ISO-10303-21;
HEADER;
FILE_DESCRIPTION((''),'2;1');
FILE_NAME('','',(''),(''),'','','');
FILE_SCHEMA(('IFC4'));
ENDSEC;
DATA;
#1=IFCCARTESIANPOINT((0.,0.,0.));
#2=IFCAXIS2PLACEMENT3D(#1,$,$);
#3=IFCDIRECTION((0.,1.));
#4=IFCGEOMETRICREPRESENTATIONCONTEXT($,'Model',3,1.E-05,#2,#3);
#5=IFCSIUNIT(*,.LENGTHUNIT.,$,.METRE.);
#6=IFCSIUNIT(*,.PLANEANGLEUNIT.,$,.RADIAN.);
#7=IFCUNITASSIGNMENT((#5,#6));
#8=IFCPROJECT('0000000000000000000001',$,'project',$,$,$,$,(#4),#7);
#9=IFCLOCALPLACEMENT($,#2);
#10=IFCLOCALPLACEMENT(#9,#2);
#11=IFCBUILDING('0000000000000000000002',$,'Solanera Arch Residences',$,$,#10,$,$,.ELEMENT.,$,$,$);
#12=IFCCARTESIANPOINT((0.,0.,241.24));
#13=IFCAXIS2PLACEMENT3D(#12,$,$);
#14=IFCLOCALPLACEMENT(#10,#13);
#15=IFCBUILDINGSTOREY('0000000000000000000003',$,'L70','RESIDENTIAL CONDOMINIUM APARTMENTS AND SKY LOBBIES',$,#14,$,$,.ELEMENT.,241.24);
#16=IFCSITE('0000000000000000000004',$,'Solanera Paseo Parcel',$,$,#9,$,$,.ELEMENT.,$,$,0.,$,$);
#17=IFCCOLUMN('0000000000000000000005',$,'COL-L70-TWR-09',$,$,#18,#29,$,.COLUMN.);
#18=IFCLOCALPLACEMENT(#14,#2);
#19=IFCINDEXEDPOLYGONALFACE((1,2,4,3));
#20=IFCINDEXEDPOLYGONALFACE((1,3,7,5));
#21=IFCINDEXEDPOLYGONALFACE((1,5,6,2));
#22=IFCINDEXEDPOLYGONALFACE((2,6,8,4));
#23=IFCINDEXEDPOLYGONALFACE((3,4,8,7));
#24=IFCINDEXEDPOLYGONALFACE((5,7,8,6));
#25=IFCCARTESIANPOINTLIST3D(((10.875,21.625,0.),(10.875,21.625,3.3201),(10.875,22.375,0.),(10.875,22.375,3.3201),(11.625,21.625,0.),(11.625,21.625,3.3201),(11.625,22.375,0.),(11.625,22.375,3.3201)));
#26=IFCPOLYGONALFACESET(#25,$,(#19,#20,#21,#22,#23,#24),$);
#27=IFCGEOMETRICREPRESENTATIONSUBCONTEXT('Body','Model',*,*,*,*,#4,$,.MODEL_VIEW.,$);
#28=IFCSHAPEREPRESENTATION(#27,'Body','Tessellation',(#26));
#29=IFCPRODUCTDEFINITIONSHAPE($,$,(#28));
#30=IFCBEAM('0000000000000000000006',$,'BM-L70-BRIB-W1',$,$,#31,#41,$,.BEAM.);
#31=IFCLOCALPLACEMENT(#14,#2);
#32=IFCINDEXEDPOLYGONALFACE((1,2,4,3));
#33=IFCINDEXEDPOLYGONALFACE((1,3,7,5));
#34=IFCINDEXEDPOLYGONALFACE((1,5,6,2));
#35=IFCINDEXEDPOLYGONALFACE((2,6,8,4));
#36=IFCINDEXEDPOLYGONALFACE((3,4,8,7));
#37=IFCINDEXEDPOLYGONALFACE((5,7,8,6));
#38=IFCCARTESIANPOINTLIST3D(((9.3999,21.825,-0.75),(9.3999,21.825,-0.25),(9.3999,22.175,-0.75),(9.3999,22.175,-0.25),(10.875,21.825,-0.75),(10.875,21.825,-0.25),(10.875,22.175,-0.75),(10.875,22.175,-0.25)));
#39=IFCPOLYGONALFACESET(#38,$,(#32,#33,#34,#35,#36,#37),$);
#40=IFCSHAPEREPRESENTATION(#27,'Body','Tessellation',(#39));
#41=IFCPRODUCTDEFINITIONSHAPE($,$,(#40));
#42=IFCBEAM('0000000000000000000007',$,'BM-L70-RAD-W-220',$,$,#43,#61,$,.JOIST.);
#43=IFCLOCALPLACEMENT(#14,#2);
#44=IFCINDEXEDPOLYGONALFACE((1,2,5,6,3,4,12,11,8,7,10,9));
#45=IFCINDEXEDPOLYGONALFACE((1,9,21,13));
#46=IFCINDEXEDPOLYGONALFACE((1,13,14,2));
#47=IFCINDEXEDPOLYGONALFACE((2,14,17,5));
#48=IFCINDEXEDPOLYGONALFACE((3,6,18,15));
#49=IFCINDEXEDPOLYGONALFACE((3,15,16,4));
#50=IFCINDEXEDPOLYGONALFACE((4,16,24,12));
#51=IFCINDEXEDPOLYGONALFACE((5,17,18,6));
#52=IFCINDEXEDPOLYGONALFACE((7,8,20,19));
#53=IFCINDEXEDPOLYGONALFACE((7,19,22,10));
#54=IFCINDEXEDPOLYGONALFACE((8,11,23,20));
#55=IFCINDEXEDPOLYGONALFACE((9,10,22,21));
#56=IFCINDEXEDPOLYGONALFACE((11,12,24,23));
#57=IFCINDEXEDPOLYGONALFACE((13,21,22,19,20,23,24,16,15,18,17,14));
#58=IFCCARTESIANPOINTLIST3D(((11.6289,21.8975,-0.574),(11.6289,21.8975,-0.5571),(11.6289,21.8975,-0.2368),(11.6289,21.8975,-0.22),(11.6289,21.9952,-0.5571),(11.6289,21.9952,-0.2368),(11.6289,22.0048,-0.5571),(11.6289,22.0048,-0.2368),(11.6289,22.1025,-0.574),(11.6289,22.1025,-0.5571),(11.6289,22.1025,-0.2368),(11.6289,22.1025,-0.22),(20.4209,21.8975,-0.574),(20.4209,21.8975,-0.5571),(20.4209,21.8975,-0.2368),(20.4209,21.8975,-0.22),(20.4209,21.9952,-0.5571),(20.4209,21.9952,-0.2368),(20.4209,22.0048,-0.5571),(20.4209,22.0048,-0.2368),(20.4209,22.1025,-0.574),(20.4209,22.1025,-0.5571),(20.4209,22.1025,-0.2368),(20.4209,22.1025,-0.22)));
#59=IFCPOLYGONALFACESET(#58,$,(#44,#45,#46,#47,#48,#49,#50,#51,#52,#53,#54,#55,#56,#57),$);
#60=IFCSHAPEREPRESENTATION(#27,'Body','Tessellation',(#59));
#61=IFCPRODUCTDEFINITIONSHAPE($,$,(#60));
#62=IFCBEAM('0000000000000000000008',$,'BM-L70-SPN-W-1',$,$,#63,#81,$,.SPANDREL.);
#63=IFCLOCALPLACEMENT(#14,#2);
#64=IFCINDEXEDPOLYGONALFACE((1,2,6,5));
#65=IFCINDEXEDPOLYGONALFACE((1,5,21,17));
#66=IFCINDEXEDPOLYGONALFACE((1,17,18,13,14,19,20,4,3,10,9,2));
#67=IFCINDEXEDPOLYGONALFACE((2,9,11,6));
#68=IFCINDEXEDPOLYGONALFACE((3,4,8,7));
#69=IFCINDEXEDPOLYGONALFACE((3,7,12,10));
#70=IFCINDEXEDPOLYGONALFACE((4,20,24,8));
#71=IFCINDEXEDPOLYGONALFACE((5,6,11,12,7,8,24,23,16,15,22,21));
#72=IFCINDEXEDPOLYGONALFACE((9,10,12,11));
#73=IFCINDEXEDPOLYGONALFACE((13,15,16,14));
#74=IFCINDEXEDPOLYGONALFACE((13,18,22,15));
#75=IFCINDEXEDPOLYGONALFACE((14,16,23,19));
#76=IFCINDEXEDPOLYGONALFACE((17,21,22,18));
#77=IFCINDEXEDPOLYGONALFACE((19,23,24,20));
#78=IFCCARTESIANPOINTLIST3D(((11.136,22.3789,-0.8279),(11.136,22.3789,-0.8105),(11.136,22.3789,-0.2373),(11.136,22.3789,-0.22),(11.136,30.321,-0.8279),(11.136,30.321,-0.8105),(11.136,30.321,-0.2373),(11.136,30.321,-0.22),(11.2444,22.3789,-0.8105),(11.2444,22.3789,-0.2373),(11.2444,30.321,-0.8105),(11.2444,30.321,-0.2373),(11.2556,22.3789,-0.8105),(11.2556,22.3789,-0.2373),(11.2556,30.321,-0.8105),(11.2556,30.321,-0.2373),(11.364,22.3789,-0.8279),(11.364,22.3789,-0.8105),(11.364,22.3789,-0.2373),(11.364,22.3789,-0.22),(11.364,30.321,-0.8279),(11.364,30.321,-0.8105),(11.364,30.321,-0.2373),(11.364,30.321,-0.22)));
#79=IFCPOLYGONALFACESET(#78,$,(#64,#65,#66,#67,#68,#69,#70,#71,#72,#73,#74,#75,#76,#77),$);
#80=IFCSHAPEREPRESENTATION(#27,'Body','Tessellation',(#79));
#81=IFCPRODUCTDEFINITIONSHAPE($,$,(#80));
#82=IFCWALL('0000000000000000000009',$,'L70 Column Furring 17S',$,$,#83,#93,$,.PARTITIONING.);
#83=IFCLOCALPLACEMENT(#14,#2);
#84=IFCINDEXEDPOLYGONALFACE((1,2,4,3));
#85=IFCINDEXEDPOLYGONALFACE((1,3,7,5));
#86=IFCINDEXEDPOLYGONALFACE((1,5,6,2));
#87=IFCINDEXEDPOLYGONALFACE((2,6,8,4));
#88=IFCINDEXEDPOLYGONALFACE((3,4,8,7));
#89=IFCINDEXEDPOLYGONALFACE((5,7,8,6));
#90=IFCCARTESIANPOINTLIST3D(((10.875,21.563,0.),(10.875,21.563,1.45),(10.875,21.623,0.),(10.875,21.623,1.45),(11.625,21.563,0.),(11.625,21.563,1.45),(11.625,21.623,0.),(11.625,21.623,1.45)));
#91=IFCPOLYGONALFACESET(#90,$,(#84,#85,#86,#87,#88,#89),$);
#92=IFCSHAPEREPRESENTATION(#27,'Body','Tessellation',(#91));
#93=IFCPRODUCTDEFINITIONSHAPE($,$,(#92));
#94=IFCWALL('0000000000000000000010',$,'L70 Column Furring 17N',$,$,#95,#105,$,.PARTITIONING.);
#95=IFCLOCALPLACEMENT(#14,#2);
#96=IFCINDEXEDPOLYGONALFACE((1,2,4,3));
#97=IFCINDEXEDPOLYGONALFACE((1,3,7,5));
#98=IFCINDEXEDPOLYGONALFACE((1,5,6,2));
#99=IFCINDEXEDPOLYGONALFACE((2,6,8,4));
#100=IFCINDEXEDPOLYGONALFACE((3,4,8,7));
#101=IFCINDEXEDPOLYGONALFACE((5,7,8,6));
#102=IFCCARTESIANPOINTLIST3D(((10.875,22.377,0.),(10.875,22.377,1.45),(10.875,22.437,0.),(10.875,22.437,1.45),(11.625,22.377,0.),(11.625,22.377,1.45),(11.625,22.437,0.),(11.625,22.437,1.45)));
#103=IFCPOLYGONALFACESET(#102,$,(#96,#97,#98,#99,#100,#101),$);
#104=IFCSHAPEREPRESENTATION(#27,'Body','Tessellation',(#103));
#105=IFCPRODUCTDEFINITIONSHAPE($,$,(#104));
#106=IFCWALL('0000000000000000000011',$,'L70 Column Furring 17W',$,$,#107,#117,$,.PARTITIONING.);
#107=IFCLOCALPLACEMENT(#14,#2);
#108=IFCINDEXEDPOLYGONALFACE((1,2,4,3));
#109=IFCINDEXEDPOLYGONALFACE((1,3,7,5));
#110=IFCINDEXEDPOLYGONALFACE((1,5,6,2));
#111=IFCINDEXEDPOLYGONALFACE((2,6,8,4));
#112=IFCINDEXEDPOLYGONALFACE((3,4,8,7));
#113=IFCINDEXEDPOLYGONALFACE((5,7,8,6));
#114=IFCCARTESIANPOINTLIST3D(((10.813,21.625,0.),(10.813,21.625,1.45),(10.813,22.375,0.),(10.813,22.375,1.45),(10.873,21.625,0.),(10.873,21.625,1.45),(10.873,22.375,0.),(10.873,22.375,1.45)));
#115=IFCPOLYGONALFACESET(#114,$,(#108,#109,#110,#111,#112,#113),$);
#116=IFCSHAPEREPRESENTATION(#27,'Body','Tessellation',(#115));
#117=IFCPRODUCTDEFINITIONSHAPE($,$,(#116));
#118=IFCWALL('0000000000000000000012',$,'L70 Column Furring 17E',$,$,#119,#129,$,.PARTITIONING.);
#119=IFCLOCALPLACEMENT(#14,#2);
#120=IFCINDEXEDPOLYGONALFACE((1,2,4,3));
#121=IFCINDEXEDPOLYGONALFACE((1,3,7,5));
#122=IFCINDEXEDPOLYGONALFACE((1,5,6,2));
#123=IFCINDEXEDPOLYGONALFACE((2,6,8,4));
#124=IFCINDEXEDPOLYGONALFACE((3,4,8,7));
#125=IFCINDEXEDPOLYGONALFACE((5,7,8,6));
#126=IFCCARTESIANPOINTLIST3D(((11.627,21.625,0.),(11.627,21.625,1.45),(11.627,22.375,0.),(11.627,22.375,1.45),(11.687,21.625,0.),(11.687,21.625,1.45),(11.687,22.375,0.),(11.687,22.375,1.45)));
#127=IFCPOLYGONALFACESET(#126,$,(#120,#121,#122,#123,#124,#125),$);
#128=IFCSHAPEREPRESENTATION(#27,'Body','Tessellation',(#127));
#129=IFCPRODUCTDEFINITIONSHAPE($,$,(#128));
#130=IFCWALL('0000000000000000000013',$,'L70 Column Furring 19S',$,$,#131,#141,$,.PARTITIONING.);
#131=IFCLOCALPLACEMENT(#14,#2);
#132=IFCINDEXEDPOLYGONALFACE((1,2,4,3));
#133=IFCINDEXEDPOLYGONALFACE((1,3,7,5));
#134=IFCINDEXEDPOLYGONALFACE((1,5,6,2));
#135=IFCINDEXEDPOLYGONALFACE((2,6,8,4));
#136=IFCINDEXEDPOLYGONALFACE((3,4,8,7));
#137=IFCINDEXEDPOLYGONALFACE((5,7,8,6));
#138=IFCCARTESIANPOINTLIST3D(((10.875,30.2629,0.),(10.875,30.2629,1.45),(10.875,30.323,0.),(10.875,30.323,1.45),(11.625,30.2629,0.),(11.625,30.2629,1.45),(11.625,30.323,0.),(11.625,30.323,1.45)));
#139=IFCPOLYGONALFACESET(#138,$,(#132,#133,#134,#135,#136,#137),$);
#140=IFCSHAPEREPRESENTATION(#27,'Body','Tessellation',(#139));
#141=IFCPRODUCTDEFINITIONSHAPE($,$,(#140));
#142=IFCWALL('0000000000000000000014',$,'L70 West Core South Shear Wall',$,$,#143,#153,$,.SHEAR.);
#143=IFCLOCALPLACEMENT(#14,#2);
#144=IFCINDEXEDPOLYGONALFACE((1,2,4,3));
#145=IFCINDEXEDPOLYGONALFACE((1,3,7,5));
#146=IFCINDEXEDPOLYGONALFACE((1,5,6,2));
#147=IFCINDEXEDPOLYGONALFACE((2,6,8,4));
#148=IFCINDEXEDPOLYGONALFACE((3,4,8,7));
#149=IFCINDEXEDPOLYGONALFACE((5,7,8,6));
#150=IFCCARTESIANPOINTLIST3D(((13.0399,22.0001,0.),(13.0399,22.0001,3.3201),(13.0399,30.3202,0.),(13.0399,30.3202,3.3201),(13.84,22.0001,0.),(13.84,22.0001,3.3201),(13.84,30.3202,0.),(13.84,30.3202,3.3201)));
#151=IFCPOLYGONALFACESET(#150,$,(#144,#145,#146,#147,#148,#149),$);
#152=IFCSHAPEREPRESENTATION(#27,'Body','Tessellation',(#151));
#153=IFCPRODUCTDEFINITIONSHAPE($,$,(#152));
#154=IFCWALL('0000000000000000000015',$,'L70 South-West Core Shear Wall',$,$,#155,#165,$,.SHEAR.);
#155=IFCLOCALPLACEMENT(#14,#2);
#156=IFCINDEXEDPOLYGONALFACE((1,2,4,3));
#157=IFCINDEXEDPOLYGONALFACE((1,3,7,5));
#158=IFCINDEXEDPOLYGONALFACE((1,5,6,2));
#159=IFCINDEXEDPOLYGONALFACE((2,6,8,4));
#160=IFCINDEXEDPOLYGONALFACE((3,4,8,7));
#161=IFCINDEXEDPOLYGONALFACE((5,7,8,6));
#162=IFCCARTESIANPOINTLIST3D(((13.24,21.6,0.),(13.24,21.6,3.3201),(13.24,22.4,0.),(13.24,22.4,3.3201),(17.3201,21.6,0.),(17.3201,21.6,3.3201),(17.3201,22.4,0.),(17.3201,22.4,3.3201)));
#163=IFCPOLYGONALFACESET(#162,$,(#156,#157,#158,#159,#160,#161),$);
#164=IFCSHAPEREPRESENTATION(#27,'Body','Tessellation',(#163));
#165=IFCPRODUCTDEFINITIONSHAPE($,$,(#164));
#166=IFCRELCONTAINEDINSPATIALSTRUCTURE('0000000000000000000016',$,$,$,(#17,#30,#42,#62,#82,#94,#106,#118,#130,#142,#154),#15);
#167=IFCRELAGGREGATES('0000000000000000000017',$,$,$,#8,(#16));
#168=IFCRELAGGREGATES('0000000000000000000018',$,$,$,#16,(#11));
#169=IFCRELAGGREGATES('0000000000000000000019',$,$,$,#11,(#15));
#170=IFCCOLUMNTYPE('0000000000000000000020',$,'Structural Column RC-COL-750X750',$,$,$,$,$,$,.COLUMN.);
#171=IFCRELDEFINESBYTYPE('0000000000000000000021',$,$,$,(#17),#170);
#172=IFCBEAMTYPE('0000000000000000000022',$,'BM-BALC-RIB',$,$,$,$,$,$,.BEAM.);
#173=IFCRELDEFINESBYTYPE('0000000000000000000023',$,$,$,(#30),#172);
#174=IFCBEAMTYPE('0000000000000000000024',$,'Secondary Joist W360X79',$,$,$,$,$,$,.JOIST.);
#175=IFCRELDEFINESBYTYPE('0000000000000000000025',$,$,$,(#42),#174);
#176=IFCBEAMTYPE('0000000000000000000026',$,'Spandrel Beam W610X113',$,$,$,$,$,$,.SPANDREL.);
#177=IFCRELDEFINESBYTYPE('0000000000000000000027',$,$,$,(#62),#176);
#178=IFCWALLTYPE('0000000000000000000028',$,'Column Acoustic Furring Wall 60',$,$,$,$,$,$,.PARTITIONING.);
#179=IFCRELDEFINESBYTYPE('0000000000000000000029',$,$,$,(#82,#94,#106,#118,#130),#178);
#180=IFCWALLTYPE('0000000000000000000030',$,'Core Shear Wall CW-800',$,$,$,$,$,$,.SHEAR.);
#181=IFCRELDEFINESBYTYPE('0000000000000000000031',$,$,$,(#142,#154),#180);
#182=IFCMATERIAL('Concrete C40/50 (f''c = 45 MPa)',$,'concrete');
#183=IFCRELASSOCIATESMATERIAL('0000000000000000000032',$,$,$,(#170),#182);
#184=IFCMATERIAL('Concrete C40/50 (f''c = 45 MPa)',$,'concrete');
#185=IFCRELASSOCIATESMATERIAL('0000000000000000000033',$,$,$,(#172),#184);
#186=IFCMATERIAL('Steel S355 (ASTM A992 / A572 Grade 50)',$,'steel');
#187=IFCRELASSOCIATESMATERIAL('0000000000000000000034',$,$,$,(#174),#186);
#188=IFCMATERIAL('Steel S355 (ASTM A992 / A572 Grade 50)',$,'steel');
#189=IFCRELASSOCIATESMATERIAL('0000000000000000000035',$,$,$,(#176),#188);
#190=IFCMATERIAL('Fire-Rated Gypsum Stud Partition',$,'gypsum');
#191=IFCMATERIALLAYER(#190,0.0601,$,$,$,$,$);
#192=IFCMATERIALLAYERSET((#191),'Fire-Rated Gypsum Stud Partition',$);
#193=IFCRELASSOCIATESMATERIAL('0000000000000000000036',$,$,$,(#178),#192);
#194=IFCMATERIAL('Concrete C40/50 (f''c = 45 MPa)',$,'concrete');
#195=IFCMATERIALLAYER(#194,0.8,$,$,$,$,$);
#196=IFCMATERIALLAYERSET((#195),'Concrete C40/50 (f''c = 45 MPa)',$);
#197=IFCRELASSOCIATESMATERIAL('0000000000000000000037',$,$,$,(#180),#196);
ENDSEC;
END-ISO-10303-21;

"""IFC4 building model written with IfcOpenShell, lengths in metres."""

from ifc_helpers import new_model, si_unit, direction, frame, frame_2d, origin, origin_2d, place, context, subcontext, project, spatial, rectangle, i_section, extrude, material, layer, layer_set, material_profile, profile_set, type_object, element, save


model = new_model("IFC4")

# Units and contexts
model_context = context("Model", 3, precision=1e-05, world=origin(), true_north=direction((0.0, 1.0)))
body_context = subcontext(model_context, "Body", "Model", "MODEL_VIEW")
ifc_project = project(units=[si_unit("LENGTHUNIT", "METRE"), si_unit("PLANEANGLEUNIT", "RADIAN")], contexts=[model_context])

# Site, building, storey
site_placement = place(None, origin())
site = spatial("IfcSite", under=ifc_project, at=site_placement, Name="Solanera Paseo Parcel", CompositionType="ELEMENT", RefElevation=0.0)
building_placement = place(site_placement, origin())
building = spatial("IfcBuilding", under=site, at=building_placement, Name="Solanera Arch Residences", CompositionType="ELEMENT")
storey_placement = place(building_placement, frame((0.0, 0.0, 241.24)))
storey = spatial("IfcBuildingStorey", under=building, at=storey_placement, Name="L70", Description="RESIDENTIAL CONDOMINIUM APARTMENTS AND SKY LOBBIES", CompositionType="ELEMENT", Elevation=241.24)

# Column
ifc_material_1 = material(Name="Concrete C40/50 (f'c = 45 MPa)", Category="concrete")
ifc_material_profile_1 = material_profile(ifc_material_1, rectangle(XDim=0.75, YDim=0.75, at=origin_2d()))
ifc_profile_set_1 = profile_set([ifc_material_profile_1], Name="Concrete C40/50 (f'c = 45 MPa)")
column_type = type_object("IfcColumnType", Name="Structural Column RC-COL-750X750", PredefinedType="COLUMN", material=ifc_profile_set_1)
column_placement = place(storey_placement, frame((11.25, 22.0, 0.0), z_axis=(0.0, 0.0, 1.0), x_axis=(1.0, 0.0, 0.0)))
element("IfcColumn", 1, at=column_placement, inside=storey, type_object=column_type, Name="COL-L70-TWR-09", PredefinedType="COLUMN", context=body_context, shape_type="SweptSolid", body=[
    extrude(rectangle(XDim=0.75, YDim=0.75, at=origin_2d()), origin(), (0.0, 0.0, 1.0), 3.3201),
])

# Beams
ifc_material_2 = material(Name="Concrete C40/50 (f'c = 45 MPa)", Category="concrete")
ifc_material_profile_2 = material_profile(ifc_material_2, rectangle(XDim=0.3501, YDim=0.5, at=origin_2d()))
ifc_profile_set_2 = profile_set([ifc_material_profile_2], Name="Concrete C40/50 (f'c = 45 MPa)")
beam_type_1 = type_object("IfcBeamType", Name="BM-BALC-RIB", PredefinedType="BEAM", material=ifc_profile_set_2)
beam_1_placement = place(storey_placement, frame((9.3999, 22.0, -0.5), z_axis=(1.0, 0.0, 0.0), x_axis=(0.0, 1.0, 0.0)))
element("IfcBeam", 2, at=beam_1_placement, inside=storey, type_object=beam_type_1, Name="BM-L70-BRIB-W1", PredefinedType="BEAM", context=body_context, shape_type="SweptSolid", body=[
    extrude(rectangle(XDim=0.3501, YDim=0.5, at=origin_2d()), origin(), (0.0, 0.0, 1.0), 1.4751),
])
ifc_material_3 = material(Name="Steel S355 (ASTM A992 / A572 Grade 50)", Category="steel")
ifc_material_profile_3 = material_profile(ifc_material_3, i_section(OverallWidth=0.2051, OverallDepth=0.354, WebThickness=0.0095, FlangeThickness=0.0168, at=origin_2d()))
ifc_profile_set_3 = profile_set([ifc_material_profile_3], Name="Steel S355 (ASTM A992 / A572 Grade 50)")
beam_type_2 = type_object("IfcBeamType", Name="Secondary Joist W360X79", PredefinedType="JOIST", material=ifc_profile_set_3)
beam_2_placement = place(storey_placement, frame((11.6289, 22.0, -0.397), z_axis=(1.0, 0.0, 0.0), x_axis=(0.0, 1.0, 0.0)))
element("IfcBeam", 3, at=beam_2_placement, inside=storey, type_object=beam_type_2, Name="BM-L70-RAD-W-220", PredefinedType="JOIST", context=body_context, shape_type="SweptSolid", body=[
    extrude(i_section(OverallWidth=0.2051, OverallDepth=0.354, WebThickness=0.0095, FlangeThickness=0.0168, at=origin_2d()), origin(), (0.0, 0.0, 1.0), 8.792),
])
ifc_material_4 = material(Name="Steel S355 (ASTM A992 / A572 Grade 50)", Category="steel")
ifc_material_profile_4 = material_profile(ifc_material_4, i_section(OverallWidth=0.228, OverallDepth=0.6079, WebThickness=0.0112, FlangeThickness=0.0173, at=origin_2d()))
ifc_profile_set_4 = profile_set([ifc_material_profile_4], Name="Steel S355 (ASTM A992 / A572 Grade 50)")
beam_type_3 = type_object("IfcBeamType", Name="Spandrel Beam W610X113", PredefinedType="SPANDREL", material=ifc_profile_set_4)
beam_3_placement = place(storey_placement, frame((11.25, 22.3789, -0.5239), z_axis=(0.0, 1.0, 0.0), x_axis=(-1.0, 0.0, 0.0)))
element("IfcBeam", 4, at=beam_3_placement, inside=storey, type_object=beam_type_3, Name="BM-L70-SPN-W-1", PredefinedType="SPANDREL", context=body_context, shape_type="SweptSolid", body=[
    extrude(i_section(OverallWidth=0.228, OverallDepth=0.6079, WebThickness=0.0112, FlangeThickness=0.0173, at=origin_2d()), origin(), (0.0, 0.0, 1.0), 7.9421),
])

# Walls
ifc_material_5 = material(Name="Fire-Rated Gypsum Stud Partition", Category="gypsum")
ifc_layer_1 = layer(ifc_material_5, 0.0601)
ifc_layer_set_1 = layer_set([ifc_layer_1], Name="Fire-Rated Gypsum Stud Partition")
wall_type_1 = type_object("IfcWallType", Name="Column Acoustic Furring Wall 60", PredefinedType="PARTITIONING", material=ifc_layer_set_1)
for number, where, z_axis, x_axis, name in (
    (5, (10.875, 21.593, 0.0), (0.0, 0.0, 1.0), (1.0, 0.0, 0.0), "L70 Column Furring 17S"),
    (6, (10.875, 22.407, 0.0), (0.0, 0.0, 1.0), (1.0, 0.0, 0.0), "L70 Column Furring 17N"),
    (7, (10.843, 21.625, 0.0), (0.0, 0.0, 1.0), (0.0, 1.0, 0.0), "L70 Column Furring 17W"),
    (8, (11.657, 21.625, 0.0), (0.0, 0.0, 1.0), (0.0, 1.0, 0.0), "L70 Column Furring 17E"),
    (9, (10.875, 30.293, 0.0), (0.0, 0.0, 1.0), (1.0, 0.0, 0.0), "L70 Column Furring 19S"),
):
    element("IfcWall", number, at=place(storey_placement, frame(where, z_axis=z_axis, x_axis=x_axis)), inside=storey, type_object=wall_type_1, Name=name, PredefinedType="PARTITIONING", context=body_context, shape_type="SweptSolid", body=[
        extrude(rectangle(XDim=0.75, YDim=0.0601, at=frame_2d((0.375, 0.0))), origin(), (0.0, 0.0, 1.0), 1.45),
    ])
ifc_material_6 = material(Name="Concrete C40/50 (f'c = 45 MPa)", Category="concrete")
ifc_layer_2 = layer(ifc_material_6, 0.8)
ifc_layer_set_2 = layer_set([ifc_layer_2], Name="Concrete C40/50 (f'c = 45 MPa)")
wall_type_2 = type_object("IfcWallType", Name="Core Shear Wall CW-800", PredefinedType="SHEAR", material=ifc_layer_set_2)
wall_1_placement = place(storey_placement, frame((13.4399, 22.0, 0.0), z_axis=(0.0, 0.0, 1.0), x_axis=(0.0, 1.0, 0.0)))
element("IfcWall", 10, at=wall_1_placement, inside=storey, type_object=wall_type_2, Name="L70 West Core South Shear Wall", PredefinedType="SHEAR", context=body_context, shape_type="SweptSolid", body=[
    extrude(rectangle(XDim=8.3201, YDim=0.8, at=frame_2d((4.1602, 0.0))), origin(), (0.0, 0.0, 1.0), 3.3201),
])
wall_2_placement = place(storey_placement, frame((13.24, 22.0, 0.0), z_axis=(0.0, 0.0, 1.0), x_axis=(1.0, 0.0, 0.0)))
element("IfcWall", 11, at=wall_2_placement, inside=storey, type_object=wall_type_2, Name="L70 South-West Core Shear Wall", PredefinedType="SHEAR", context=body_context, shape_type="SweptSolid", body=[
    extrude(rectangle(XDim=4.0801, YDim=0.8, at=frame_2d((2.04, 0.0))), origin(), (0.0, 0.0, 1.0), 3.3201),
])

save(model, "model.ifc")
